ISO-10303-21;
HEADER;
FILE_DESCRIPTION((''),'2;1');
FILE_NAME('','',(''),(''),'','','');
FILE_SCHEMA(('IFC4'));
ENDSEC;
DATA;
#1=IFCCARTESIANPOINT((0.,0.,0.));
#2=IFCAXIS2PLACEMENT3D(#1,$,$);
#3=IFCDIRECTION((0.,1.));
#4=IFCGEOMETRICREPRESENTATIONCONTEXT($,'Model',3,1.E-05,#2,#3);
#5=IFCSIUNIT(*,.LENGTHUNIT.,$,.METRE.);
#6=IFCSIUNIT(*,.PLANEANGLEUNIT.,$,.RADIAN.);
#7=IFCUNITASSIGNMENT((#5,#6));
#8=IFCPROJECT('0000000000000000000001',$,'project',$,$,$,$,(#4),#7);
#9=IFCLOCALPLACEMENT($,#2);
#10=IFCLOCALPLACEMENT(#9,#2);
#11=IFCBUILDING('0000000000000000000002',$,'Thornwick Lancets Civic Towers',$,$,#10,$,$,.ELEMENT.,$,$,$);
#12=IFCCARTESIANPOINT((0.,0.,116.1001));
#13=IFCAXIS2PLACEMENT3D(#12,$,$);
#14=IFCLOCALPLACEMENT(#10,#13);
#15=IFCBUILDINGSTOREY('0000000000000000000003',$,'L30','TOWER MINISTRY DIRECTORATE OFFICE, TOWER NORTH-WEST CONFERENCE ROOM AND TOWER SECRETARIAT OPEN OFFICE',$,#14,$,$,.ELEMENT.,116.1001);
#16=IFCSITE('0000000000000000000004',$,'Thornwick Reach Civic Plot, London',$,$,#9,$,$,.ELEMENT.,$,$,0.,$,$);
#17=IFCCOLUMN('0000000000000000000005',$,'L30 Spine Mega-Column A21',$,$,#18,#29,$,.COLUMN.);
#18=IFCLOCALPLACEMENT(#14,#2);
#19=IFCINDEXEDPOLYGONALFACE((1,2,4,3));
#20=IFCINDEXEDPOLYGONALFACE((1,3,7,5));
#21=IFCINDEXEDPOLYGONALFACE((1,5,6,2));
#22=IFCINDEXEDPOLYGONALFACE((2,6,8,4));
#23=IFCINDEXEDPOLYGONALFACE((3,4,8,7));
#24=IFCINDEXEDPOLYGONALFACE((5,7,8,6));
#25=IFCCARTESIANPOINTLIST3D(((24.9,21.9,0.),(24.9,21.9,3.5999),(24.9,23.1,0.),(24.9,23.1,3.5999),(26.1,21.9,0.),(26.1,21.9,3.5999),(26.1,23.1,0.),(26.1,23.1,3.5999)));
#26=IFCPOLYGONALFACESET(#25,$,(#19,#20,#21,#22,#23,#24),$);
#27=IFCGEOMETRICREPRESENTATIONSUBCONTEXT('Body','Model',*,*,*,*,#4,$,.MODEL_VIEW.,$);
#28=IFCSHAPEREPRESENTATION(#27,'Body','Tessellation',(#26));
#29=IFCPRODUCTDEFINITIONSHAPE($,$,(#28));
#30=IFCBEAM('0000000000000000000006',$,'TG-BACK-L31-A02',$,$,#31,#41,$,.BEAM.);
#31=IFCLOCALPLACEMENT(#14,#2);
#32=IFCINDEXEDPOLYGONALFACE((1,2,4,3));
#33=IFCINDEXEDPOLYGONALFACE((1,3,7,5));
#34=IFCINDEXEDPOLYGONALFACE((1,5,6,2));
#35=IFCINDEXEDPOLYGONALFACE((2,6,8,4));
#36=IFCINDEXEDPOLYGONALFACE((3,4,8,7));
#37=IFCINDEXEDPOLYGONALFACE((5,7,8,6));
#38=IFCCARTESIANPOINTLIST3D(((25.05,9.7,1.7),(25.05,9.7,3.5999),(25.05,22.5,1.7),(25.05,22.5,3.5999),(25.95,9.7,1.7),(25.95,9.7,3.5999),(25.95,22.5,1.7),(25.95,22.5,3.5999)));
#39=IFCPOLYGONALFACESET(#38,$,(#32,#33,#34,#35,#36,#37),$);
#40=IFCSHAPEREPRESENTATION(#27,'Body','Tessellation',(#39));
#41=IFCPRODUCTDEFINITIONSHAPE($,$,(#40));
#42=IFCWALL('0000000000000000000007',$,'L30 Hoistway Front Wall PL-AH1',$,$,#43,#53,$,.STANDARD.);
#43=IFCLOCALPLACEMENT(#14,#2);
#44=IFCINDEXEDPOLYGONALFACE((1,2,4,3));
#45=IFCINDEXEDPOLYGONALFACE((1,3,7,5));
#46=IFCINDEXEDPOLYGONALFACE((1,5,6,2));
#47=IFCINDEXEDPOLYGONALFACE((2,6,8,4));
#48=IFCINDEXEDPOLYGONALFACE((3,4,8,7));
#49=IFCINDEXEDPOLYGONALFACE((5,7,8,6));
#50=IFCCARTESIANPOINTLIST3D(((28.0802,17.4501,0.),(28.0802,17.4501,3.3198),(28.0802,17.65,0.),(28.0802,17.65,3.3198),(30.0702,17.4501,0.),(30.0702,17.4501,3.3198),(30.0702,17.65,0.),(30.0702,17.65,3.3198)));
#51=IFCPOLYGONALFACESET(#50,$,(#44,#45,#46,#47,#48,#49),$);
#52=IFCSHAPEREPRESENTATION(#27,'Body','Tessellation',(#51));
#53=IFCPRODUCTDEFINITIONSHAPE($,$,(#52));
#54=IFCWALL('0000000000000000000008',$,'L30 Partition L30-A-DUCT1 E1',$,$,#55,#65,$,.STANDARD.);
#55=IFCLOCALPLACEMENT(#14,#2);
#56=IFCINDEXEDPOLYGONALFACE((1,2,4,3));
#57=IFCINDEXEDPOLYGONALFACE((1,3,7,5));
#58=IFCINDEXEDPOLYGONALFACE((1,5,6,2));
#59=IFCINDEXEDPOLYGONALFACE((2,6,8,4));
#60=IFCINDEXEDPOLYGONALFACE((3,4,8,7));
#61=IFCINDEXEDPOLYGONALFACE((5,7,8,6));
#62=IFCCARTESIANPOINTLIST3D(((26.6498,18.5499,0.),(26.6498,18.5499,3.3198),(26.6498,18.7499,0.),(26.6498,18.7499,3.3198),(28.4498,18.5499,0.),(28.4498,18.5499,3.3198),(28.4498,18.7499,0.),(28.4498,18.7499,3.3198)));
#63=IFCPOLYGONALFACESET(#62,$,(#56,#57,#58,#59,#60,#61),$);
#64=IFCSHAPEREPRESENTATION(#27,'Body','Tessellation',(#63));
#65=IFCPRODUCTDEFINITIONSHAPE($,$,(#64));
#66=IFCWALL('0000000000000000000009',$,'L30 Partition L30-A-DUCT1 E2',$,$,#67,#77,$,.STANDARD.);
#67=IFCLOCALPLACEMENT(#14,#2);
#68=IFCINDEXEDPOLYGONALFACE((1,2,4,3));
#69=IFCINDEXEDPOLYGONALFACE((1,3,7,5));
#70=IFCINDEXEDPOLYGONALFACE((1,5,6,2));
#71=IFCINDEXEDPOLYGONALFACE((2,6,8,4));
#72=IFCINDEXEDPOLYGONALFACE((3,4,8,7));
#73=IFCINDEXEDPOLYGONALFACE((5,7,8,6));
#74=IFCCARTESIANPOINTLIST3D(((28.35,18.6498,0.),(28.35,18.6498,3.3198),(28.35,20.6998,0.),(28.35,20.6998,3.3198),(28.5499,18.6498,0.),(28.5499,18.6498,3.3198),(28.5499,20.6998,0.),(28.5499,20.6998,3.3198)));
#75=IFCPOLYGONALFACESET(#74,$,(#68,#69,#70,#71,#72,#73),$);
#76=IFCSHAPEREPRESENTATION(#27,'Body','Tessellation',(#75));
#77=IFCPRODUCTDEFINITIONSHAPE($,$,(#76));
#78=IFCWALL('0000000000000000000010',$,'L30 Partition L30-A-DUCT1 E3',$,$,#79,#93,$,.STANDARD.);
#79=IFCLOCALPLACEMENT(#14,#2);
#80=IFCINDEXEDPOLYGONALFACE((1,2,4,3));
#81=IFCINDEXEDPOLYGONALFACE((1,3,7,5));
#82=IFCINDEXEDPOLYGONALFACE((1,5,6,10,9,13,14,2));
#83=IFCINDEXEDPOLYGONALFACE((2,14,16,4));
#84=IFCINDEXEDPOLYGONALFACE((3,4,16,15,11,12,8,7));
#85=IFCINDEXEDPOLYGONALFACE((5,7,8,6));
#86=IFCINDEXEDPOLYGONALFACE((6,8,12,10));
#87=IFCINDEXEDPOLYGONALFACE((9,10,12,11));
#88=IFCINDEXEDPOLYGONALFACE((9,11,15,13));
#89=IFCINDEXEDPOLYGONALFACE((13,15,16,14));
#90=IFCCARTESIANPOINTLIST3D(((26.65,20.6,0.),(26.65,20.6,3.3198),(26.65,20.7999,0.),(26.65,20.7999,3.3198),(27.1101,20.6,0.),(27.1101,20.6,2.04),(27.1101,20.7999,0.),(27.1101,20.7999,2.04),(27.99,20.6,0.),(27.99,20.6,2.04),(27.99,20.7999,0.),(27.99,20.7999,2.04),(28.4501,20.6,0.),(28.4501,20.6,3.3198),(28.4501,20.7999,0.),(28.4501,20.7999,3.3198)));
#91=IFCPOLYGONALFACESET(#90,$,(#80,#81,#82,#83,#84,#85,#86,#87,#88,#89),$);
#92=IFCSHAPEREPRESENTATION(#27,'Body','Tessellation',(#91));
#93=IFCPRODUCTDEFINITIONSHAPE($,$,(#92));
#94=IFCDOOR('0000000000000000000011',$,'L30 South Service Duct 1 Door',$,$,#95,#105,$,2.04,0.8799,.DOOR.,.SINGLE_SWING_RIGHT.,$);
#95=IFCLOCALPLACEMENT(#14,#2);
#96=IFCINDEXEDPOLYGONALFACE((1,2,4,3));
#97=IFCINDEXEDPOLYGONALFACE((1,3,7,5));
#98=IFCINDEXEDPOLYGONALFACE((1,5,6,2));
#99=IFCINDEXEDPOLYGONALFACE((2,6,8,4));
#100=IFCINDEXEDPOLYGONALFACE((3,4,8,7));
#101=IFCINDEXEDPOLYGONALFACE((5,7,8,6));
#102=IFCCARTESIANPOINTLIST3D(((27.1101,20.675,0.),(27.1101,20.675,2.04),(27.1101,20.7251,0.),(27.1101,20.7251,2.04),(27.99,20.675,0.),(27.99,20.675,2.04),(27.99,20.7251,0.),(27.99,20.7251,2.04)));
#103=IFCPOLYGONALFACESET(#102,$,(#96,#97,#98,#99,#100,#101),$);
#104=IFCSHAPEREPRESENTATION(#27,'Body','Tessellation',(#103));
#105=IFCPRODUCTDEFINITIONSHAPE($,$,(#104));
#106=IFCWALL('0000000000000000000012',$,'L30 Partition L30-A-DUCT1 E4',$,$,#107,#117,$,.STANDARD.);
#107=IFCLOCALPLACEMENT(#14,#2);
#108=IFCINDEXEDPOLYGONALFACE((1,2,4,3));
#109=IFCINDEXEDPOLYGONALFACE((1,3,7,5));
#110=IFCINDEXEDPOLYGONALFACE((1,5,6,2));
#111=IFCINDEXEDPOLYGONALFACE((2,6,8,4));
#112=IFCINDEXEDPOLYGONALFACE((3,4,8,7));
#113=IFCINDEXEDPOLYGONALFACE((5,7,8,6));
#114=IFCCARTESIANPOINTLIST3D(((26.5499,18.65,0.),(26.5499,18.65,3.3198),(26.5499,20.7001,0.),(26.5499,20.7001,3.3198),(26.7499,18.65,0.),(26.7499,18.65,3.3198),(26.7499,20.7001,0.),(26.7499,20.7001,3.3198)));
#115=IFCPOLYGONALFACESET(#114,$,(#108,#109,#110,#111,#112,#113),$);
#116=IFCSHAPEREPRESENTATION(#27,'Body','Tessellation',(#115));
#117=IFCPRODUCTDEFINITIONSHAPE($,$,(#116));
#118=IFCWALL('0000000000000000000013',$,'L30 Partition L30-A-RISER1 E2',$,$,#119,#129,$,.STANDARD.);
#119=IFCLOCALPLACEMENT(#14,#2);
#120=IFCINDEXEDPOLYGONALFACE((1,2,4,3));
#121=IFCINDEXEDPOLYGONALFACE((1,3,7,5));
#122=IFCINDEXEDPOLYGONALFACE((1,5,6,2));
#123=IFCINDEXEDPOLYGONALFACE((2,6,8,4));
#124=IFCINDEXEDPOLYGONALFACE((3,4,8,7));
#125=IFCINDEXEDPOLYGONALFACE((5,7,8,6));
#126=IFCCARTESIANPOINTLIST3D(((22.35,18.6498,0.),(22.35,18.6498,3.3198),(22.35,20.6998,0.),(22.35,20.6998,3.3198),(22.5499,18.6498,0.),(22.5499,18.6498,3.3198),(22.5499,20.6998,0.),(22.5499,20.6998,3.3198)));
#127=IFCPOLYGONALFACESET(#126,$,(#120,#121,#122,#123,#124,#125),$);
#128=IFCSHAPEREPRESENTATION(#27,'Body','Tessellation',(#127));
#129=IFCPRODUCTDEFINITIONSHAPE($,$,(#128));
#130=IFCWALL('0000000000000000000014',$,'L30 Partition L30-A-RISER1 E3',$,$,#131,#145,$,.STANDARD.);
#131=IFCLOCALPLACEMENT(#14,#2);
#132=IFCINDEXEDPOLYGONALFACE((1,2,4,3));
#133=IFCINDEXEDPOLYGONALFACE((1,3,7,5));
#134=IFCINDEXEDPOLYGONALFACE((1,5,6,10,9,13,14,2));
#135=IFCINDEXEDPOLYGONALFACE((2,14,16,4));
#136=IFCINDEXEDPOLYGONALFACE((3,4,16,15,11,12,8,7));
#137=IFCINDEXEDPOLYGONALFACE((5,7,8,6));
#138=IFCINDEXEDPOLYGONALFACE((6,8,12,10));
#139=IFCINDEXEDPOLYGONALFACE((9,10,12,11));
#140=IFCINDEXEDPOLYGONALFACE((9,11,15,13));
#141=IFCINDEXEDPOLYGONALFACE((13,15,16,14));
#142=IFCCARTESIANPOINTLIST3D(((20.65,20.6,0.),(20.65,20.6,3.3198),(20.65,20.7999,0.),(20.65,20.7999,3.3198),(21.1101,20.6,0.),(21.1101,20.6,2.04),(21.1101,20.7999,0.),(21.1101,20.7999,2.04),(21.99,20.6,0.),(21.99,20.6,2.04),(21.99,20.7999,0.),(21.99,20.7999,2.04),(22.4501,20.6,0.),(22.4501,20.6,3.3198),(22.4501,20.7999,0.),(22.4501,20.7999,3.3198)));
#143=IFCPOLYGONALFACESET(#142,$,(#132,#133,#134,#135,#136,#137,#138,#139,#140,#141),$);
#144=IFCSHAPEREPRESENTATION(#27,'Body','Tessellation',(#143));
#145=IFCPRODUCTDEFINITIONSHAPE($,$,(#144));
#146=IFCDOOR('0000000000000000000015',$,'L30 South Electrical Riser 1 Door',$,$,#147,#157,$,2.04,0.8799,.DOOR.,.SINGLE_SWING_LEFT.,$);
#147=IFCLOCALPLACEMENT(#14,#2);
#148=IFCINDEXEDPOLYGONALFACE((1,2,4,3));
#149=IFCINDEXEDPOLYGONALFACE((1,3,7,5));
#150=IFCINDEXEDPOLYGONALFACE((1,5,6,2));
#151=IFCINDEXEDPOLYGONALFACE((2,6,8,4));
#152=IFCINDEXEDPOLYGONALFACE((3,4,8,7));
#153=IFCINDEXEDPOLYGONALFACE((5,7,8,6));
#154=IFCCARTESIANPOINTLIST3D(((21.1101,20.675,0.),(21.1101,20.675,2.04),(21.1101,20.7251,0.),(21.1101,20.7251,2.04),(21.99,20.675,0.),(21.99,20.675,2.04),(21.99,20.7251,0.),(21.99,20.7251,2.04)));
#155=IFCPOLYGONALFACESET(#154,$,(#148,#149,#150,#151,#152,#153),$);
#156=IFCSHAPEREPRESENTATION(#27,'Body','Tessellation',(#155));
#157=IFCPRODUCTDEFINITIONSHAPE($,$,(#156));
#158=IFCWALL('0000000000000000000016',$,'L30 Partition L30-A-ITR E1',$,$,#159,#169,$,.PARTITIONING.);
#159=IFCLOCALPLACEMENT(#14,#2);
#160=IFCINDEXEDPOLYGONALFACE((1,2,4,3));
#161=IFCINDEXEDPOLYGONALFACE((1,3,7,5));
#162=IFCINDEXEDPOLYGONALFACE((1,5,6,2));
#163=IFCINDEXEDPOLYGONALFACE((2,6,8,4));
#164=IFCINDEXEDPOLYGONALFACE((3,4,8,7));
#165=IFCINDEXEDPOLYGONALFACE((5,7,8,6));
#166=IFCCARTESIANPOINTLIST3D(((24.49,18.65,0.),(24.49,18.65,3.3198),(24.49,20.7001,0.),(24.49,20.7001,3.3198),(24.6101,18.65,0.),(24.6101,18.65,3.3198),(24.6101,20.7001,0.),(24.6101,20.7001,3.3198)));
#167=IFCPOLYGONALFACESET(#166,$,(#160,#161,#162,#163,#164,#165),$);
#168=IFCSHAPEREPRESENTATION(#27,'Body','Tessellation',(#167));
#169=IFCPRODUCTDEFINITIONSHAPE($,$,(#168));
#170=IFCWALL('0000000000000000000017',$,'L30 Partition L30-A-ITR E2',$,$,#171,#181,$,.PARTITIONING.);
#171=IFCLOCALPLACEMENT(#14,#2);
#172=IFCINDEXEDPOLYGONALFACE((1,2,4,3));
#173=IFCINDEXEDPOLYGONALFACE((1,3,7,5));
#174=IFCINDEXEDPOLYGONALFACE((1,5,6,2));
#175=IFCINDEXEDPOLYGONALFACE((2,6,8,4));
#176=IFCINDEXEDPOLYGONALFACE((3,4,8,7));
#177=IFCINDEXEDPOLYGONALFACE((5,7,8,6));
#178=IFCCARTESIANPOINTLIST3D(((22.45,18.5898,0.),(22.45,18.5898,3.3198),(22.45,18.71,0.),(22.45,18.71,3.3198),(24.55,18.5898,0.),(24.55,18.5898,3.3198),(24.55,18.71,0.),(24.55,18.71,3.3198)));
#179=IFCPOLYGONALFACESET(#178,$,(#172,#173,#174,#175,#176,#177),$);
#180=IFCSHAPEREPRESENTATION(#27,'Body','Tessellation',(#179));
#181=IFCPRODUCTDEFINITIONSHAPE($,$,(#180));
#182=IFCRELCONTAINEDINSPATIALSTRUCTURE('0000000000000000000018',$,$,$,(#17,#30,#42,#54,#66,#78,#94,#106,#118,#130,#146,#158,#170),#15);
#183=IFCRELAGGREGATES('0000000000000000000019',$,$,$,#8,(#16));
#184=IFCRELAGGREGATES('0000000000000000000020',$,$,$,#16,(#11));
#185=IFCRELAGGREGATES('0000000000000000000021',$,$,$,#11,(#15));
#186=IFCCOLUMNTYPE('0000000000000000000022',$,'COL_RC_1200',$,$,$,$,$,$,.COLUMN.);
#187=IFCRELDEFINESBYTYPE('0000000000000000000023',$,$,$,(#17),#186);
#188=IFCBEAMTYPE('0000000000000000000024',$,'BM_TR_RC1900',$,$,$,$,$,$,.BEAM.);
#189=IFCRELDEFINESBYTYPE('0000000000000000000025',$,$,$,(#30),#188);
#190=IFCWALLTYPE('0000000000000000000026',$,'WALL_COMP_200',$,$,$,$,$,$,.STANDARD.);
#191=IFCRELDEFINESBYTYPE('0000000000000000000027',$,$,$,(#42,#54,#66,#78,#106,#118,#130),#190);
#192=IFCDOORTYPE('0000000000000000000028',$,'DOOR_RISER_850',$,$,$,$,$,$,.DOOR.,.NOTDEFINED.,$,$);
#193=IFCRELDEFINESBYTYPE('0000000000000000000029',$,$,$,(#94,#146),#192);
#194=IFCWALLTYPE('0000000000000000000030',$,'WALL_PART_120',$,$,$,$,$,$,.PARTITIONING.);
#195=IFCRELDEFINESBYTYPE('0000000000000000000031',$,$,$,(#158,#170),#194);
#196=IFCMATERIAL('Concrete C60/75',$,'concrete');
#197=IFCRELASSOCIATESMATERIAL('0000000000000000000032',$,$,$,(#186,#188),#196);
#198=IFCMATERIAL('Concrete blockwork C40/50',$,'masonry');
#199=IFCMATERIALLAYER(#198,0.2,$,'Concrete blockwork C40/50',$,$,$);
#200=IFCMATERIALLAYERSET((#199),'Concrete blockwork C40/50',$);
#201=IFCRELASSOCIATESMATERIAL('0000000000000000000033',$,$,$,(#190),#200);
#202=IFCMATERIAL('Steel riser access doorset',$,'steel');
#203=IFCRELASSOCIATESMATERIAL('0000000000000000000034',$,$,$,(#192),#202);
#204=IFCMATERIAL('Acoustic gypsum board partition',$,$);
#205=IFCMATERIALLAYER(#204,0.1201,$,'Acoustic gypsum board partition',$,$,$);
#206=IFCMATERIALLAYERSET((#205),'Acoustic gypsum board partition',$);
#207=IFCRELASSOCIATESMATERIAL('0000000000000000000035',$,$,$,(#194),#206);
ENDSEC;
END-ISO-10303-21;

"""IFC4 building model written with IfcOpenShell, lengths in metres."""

from ifc_helpers import new_model, si_unit, direction, frame, frame_2d, origin, origin_2d, place, context, subcontext, project, spatial, rectangle, extrude, material, layer, layer_set, material_profile, profile_set, type_object, element, fill, save


model = new_model("IFC4")

# Units and contexts
model_context = context("Model", 3, precision=1e-05, world=origin(), true_north=direction((0.0, 1.0)))
body_context = subcontext(model_context, "Body", "Model", "MODEL_VIEW")
ifc_project = project(units=[si_unit("LENGTHUNIT", "METRE"), si_unit("PLANEANGLEUNIT", "RADIAN")], contexts=[model_context])

# Site, building, storey
site_placement = place(None, origin())
site = spatial("IfcSite", under=ifc_project, at=site_placement, Name="Thornwick Reach Civic Plot, London", CompositionType="ELEMENT", RefElevation=0.0)
building_placement = place(site_placement, origin())
building = spatial("IfcBuilding", under=site, at=building_placement, Name="Thornwick Lancets Civic Towers", CompositionType="ELEMENT")
storey_placement = place(building_placement, frame((0.0, 0.0, 116.1001)))
storey = spatial("IfcBuildingStorey", under=building, at=storey_placement, Name="L30", Description="TOWER MINISTRY DIRECTORATE OFFICE, TOWER NORTH-WEST CONFERENCE ROOM AND TOWER SECRETARIAT OPEN OFFICE", CompositionType="ELEMENT", Elevation=116.1001)

# Column
ifc_material_1 = material(Name="Concrete C60/75", Category="concrete")
ifc_material_profile_1 = material_profile(ifc_material_1, rectangle(XDim=1.2, YDim=1.2, at=origin_2d()), Name="RC 1200x1200")
ifc_profile_set_1 = profile_set([ifc_material_profile_1], Name="Concrete C60/75")
column_type = type_object("IfcColumnType", Name="COL_RC_1200", PredefinedType="COLUMN", material=ifc_profile_set_1)
column_placement = place(storey_placement, frame((25.5, 22.5, 0.0), z_axis=(0.0, 0.0, 1.0), x_axis=(1.0, 0.0, 0.0)))
element("IfcColumn", 1, at=column_placement, inside=storey, type_object=column_type, Name="L30 Spine Mega-Column A21", PredefinedType="COLUMN", context=body_context, shape_type="SweptSolid", body=[
    extrude(rectangle(XDim=1.2, YDim=1.2, at=origin_2d()), origin(), (0.0, 0.0, 1.0), 3.5999),
])

# Beam
ifc_material_profile_2 = material_profile(ifc_material_1, rectangle(XDim=0.8999, YDim=1.8999, at=origin_2d()), Name="RC 900x1900")
ifc_profile_set_2 = profile_set([ifc_material_profile_2], Name="Concrete C60/75")
beam_type = type_object("IfcBeamType", Name="BM_TR_RC1900", PredefinedType="BEAM", material=ifc_profile_set_2)
beam_placement = place(storey_placement, frame((25.5, 22.5, 2.6499), z_axis=(0.0, -1.0, 0.0), x_axis=(1.0, 0.0, 0.0)))
element("IfcBeam", 2, at=beam_placement, inside=storey, type_object=beam_type, Name="TG-BACK-L31-A02", PredefinedType="BEAM", context=body_context, shape_type="SweptSolid", body=[
    extrude(rectangle(XDim=0.8999, YDim=1.8999, at=origin_2d()), origin(), (0.0, 0.0, 1.0), 12.8),
])

# Walls
ifc_material_2 = material(Name="Concrete blockwork C40/50", Category="masonry")
ifc_layer_1 = layer(ifc_material_2, 0.2, Name="Concrete blockwork C40/50")
ifc_layer_set_1 = layer_set([ifc_layer_1], Name="Concrete blockwork C40/50")
wall_type_1 = type_object("IfcWallType", Name="WALL_COMP_200", PredefinedType="STANDARD", material=ifc_layer_set_1)
wall_1_placement = place(storey_placement, frame((28.0801, 17.55, 0.0), z_axis=(0.0, 0.0, 1.0), x_axis=(1.0, 0.0, 0.0)))
element("IfcWall", 3, at=wall_1_placement, inside=storey, type_object=wall_type_1, Name="L30 Hoistway Front Wall PL-AH1", PredefinedType="STANDARD", context=body_context, shape_type="SweptSolid", body=[
    extrude(rectangle(XDim=1.99, YDim=0.2, at=frame_2d((0.9951, 0.0))), origin(), (0.0, 0.0, 1.0), 3.3198),
])
wall_2_placement = place(storey_placement, frame((26.6499, 18.6499, 0.0), z_axis=(0.0, 0.0, 1.0), x_axis=(1.0, 0.0, 0.0)))
element("IfcWall", 4, at=wall_2_placement, inside=storey, type_object=wall_type_1, Name="L30 Partition L30-A-DUCT1 E1", PredefinedType="STANDARD", context=body_context, shape_type="SweptSolid", body=[
    extrude(rectangle(XDim=1.8, YDim=0.2, at=frame_2d((0.8999, 0.0))), origin(), (0.0, 0.0, 1.0), 3.3198),
])
wall_3_placement = place(storey_placement, frame((28.45, 18.6499, 0.0), z_axis=(0.0, 0.0, 1.0), x_axis=(0.0, 1.0, 0.0)))
element("IfcWall", 5, at=wall_3_placement, inside=storey, type_object=wall_type_1, Name="L30 Partition L30-A-DUCT1 E2", PredefinedType="STANDARD", context=body_context, shape_type="SweptSolid", body=[
    extrude(rectangle(XDim=2.05, YDim=0.2, at=frame_2d((1.0249, 0.0))), origin(), (0.0, 0.0, 1.0), 3.3198),
])

# Wall, opening, door
wall_4_placement = place(storey_placement, frame((28.45, 20.7, 0.0), z_axis=(0.0, 0.0, 1.0), x_axis=(-1.0, 0.0, 0.0)))
wall_4 = element("IfcWall", 6, at=wall_4_placement, inside=storey, type_object=wall_type_1, Name="L30 Partition L30-A-DUCT1 E3", PredefinedType="STANDARD", context=body_context, shape_type="SweptSolid", body=[
    extrude(rectangle(XDim=1.8, YDim=0.2, at=frame_2d((0.8999, 0.0))), origin(), (0.0, 0.0, 1.0), 3.3198),
])
opening_1_placement = place(wall_4_placement, frame((0.46, 0.0, 0.0)))
opening_1 = element("IfcOpeningElement", 7, at=opening_1_placement, cuts=wall_4, PredefinedType="OPENING", context=body_context, shape_type="SweptSolid", body=[
    extrude(rectangle(XDim=0.8799, YDim=2.04, at=frame_2d((0.4399, 1.02))), frame((0.0, 0.1099, 0.0), z_axis=(0.0, -1.0, 0.0), x_axis=(1.0, 0.0, 0.0)), (0.0, 0.0, 1.0), 0.22),
])
ifc_material_3 = material(Name="Steel riser access doorset", Category="steel")
door_type_1 = type_object("IfcDoorType", Name="DOOR_RISER_850", OperationType="NOTDEFINED", PredefinedType="DOOR", material=ifc_material_3)
door_1_placement = place(opening_1_placement, origin())
door_1 = element("IfcDoor", 8, at=door_1_placement, inside=storey, type_object=door_type_1, Name="L30 South Service Duct 1 Door", OperationType="SINGLE_SWING_RIGHT", OverallHeight=2.04, OverallWidth=0.8799, PredefinedType="DOOR", context=body_context, shape_type="SweptSolid", body=[
    extrude(rectangle(XDim=0.8799, YDim=2.04, at=frame_2d((0.4399, 1.02))), frame((0.0, 0.0249, 0.0), z_axis=(0.0, -1.0, 0.0), x_axis=(1.0, 0.0, 0.0)), (0.0, 0.0, 1.0), 0.05),
])
fill(opening_1, door_1)

# Walls
for number, where, z_axis, x_axis, name in (
    (9, (26.6499, 20.7, 0.0), (0.0, 0.0, 1.0), (0.0, -1.0, 0.0), "L30 Partition L30-A-DUCT1 E4"),
    (10, (22.45, 18.6499, 0.0), (0.0, 0.0, 1.0), (0.0, 1.0, 0.0), "L30 Partition L30-A-RISER1 E2"),
):
    element("IfcWall", number, at=place(storey_placement, frame(where, z_axis=z_axis, x_axis=x_axis)), inside=storey, type_object=wall_type_1, Name=name, PredefinedType="STANDARD", context=body_context, shape_type="SweptSolid", body=[
        extrude(rectangle(XDim=2.05, YDim=0.2, at=frame_2d((1.0249, 0.0))), origin(), (0.0, 0.0, 1.0), 3.3198),
    ])

# Wall, opening, door
wall_5_placement = place(storey_placement, frame((22.45, 20.7, 0.0), z_axis=(0.0, 0.0, 1.0), x_axis=(-1.0, 0.0, 0.0)))
wall_5 = element("IfcWall", 11, at=wall_5_placement, inside=storey, type_object=wall_type_1, Name="L30 Partition L30-A-RISER1 E3", PredefinedType="STANDARD", context=body_context, shape_type="SweptSolid", body=[
    extrude(rectangle(XDim=1.8, YDim=0.2, at=frame_2d((0.8999, 0.0))), origin(), (0.0, 0.0, 1.0), 3.3198),
])
opening_2_placement = place(wall_5_placement, frame((0.46, 0.0, 0.0)))
opening_2 = element("IfcOpeningElement", 12, at=opening_2_placement, cuts=wall_5, PredefinedType="OPENING", context=body_context, shape_type="SweptSolid", body=[
    extrude(rectangle(XDim=0.8799, YDim=2.04, at=frame_2d((0.4399, 1.02))), frame((0.0, 0.1099, 0.0), z_axis=(0.0, -1.0, 0.0), x_axis=(1.0, 0.0, 0.0)), (0.0, 0.0, 1.0), 0.22),
])
door_2_placement = place(opening_2_placement, origin())
door_2 = element("IfcDoor", 13, at=door_2_placement, inside=storey, type_object=door_type_1, Name="L30 South Electrical Riser 1 Door", OperationType="SINGLE_SWING_LEFT", OverallHeight=2.04, OverallWidth=0.8799, PredefinedType="DOOR", context=body_context, shape_type="SweptSolid", body=[
    extrude(rectangle(XDim=0.8799, YDim=2.04, at=frame_2d((0.4399, 1.02))), frame((0.0, 0.0249, 0.0), z_axis=(0.0, -1.0, 0.0), x_axis=(1.0, 0.0, 0.0)), (0.0, 0.0, 1.0), 0.05),
])
fill(opening_2, door_2)

# Walls
ifc_material_4 = material(Name="Acoustic gypsum board partition")
ifc_layer_2 = layer(ifc_material_4, 0.1201, Name="Acoustic gypsum board partition")
ifc_layer_set_2 = layer_set([ifc_layer_2], Name="Acoustic gypsum board partition")
wall_type_2 = type_object("IfcWallType", Name="WALL_PART_120", PredefinedType="PARTITIONING", material=ifc_layer_set_2)
wall_6_placement = place(storey_placement, frame((24.55, 20.7, 0.0), z_axis=(0.0, 0.0, 1.0), x_axis=(0.0, -1.0, 0.0)))
element("IfcWall", 14, at=wall_6_placement, inside=storey, type_object=wall_type_2, Name="L30 Partition L30-A-ITR E1", PredefinedType="PARTITIONING", context=body_context, shape_type="SweptSolid", body=[
    extrude(rectangle(XDim=2.05, YDim=0.1201, at=frame_2d((1.0249, 0.0))), origin(), (0.0, 0.0, 1.0), 3.3198),
])
wall_7_placement = place(storey_placement, frame((24.55, 18.6499, 0.0), z_axis=(0.0, 0.0, 1.0), x_axis=(-1.0, 0.0, 0.0)))
element("IfcWall", 15, at=wall_7_placement, inside=storey, type_object=wall_type_2, Name="L30 Partition L30-A-ITR E2", PredefinedType="PARTITIONING", context=body_context, shape_type="SweptSolid", body=[
    extrude(rectangle(XDim=2.1001, YDim=0.1201, at=frame_2d((1.05, 0.0))), origin(), (0.0, 0.0, 1.0), 3.3198),
])

save(model, "model.ifc")
